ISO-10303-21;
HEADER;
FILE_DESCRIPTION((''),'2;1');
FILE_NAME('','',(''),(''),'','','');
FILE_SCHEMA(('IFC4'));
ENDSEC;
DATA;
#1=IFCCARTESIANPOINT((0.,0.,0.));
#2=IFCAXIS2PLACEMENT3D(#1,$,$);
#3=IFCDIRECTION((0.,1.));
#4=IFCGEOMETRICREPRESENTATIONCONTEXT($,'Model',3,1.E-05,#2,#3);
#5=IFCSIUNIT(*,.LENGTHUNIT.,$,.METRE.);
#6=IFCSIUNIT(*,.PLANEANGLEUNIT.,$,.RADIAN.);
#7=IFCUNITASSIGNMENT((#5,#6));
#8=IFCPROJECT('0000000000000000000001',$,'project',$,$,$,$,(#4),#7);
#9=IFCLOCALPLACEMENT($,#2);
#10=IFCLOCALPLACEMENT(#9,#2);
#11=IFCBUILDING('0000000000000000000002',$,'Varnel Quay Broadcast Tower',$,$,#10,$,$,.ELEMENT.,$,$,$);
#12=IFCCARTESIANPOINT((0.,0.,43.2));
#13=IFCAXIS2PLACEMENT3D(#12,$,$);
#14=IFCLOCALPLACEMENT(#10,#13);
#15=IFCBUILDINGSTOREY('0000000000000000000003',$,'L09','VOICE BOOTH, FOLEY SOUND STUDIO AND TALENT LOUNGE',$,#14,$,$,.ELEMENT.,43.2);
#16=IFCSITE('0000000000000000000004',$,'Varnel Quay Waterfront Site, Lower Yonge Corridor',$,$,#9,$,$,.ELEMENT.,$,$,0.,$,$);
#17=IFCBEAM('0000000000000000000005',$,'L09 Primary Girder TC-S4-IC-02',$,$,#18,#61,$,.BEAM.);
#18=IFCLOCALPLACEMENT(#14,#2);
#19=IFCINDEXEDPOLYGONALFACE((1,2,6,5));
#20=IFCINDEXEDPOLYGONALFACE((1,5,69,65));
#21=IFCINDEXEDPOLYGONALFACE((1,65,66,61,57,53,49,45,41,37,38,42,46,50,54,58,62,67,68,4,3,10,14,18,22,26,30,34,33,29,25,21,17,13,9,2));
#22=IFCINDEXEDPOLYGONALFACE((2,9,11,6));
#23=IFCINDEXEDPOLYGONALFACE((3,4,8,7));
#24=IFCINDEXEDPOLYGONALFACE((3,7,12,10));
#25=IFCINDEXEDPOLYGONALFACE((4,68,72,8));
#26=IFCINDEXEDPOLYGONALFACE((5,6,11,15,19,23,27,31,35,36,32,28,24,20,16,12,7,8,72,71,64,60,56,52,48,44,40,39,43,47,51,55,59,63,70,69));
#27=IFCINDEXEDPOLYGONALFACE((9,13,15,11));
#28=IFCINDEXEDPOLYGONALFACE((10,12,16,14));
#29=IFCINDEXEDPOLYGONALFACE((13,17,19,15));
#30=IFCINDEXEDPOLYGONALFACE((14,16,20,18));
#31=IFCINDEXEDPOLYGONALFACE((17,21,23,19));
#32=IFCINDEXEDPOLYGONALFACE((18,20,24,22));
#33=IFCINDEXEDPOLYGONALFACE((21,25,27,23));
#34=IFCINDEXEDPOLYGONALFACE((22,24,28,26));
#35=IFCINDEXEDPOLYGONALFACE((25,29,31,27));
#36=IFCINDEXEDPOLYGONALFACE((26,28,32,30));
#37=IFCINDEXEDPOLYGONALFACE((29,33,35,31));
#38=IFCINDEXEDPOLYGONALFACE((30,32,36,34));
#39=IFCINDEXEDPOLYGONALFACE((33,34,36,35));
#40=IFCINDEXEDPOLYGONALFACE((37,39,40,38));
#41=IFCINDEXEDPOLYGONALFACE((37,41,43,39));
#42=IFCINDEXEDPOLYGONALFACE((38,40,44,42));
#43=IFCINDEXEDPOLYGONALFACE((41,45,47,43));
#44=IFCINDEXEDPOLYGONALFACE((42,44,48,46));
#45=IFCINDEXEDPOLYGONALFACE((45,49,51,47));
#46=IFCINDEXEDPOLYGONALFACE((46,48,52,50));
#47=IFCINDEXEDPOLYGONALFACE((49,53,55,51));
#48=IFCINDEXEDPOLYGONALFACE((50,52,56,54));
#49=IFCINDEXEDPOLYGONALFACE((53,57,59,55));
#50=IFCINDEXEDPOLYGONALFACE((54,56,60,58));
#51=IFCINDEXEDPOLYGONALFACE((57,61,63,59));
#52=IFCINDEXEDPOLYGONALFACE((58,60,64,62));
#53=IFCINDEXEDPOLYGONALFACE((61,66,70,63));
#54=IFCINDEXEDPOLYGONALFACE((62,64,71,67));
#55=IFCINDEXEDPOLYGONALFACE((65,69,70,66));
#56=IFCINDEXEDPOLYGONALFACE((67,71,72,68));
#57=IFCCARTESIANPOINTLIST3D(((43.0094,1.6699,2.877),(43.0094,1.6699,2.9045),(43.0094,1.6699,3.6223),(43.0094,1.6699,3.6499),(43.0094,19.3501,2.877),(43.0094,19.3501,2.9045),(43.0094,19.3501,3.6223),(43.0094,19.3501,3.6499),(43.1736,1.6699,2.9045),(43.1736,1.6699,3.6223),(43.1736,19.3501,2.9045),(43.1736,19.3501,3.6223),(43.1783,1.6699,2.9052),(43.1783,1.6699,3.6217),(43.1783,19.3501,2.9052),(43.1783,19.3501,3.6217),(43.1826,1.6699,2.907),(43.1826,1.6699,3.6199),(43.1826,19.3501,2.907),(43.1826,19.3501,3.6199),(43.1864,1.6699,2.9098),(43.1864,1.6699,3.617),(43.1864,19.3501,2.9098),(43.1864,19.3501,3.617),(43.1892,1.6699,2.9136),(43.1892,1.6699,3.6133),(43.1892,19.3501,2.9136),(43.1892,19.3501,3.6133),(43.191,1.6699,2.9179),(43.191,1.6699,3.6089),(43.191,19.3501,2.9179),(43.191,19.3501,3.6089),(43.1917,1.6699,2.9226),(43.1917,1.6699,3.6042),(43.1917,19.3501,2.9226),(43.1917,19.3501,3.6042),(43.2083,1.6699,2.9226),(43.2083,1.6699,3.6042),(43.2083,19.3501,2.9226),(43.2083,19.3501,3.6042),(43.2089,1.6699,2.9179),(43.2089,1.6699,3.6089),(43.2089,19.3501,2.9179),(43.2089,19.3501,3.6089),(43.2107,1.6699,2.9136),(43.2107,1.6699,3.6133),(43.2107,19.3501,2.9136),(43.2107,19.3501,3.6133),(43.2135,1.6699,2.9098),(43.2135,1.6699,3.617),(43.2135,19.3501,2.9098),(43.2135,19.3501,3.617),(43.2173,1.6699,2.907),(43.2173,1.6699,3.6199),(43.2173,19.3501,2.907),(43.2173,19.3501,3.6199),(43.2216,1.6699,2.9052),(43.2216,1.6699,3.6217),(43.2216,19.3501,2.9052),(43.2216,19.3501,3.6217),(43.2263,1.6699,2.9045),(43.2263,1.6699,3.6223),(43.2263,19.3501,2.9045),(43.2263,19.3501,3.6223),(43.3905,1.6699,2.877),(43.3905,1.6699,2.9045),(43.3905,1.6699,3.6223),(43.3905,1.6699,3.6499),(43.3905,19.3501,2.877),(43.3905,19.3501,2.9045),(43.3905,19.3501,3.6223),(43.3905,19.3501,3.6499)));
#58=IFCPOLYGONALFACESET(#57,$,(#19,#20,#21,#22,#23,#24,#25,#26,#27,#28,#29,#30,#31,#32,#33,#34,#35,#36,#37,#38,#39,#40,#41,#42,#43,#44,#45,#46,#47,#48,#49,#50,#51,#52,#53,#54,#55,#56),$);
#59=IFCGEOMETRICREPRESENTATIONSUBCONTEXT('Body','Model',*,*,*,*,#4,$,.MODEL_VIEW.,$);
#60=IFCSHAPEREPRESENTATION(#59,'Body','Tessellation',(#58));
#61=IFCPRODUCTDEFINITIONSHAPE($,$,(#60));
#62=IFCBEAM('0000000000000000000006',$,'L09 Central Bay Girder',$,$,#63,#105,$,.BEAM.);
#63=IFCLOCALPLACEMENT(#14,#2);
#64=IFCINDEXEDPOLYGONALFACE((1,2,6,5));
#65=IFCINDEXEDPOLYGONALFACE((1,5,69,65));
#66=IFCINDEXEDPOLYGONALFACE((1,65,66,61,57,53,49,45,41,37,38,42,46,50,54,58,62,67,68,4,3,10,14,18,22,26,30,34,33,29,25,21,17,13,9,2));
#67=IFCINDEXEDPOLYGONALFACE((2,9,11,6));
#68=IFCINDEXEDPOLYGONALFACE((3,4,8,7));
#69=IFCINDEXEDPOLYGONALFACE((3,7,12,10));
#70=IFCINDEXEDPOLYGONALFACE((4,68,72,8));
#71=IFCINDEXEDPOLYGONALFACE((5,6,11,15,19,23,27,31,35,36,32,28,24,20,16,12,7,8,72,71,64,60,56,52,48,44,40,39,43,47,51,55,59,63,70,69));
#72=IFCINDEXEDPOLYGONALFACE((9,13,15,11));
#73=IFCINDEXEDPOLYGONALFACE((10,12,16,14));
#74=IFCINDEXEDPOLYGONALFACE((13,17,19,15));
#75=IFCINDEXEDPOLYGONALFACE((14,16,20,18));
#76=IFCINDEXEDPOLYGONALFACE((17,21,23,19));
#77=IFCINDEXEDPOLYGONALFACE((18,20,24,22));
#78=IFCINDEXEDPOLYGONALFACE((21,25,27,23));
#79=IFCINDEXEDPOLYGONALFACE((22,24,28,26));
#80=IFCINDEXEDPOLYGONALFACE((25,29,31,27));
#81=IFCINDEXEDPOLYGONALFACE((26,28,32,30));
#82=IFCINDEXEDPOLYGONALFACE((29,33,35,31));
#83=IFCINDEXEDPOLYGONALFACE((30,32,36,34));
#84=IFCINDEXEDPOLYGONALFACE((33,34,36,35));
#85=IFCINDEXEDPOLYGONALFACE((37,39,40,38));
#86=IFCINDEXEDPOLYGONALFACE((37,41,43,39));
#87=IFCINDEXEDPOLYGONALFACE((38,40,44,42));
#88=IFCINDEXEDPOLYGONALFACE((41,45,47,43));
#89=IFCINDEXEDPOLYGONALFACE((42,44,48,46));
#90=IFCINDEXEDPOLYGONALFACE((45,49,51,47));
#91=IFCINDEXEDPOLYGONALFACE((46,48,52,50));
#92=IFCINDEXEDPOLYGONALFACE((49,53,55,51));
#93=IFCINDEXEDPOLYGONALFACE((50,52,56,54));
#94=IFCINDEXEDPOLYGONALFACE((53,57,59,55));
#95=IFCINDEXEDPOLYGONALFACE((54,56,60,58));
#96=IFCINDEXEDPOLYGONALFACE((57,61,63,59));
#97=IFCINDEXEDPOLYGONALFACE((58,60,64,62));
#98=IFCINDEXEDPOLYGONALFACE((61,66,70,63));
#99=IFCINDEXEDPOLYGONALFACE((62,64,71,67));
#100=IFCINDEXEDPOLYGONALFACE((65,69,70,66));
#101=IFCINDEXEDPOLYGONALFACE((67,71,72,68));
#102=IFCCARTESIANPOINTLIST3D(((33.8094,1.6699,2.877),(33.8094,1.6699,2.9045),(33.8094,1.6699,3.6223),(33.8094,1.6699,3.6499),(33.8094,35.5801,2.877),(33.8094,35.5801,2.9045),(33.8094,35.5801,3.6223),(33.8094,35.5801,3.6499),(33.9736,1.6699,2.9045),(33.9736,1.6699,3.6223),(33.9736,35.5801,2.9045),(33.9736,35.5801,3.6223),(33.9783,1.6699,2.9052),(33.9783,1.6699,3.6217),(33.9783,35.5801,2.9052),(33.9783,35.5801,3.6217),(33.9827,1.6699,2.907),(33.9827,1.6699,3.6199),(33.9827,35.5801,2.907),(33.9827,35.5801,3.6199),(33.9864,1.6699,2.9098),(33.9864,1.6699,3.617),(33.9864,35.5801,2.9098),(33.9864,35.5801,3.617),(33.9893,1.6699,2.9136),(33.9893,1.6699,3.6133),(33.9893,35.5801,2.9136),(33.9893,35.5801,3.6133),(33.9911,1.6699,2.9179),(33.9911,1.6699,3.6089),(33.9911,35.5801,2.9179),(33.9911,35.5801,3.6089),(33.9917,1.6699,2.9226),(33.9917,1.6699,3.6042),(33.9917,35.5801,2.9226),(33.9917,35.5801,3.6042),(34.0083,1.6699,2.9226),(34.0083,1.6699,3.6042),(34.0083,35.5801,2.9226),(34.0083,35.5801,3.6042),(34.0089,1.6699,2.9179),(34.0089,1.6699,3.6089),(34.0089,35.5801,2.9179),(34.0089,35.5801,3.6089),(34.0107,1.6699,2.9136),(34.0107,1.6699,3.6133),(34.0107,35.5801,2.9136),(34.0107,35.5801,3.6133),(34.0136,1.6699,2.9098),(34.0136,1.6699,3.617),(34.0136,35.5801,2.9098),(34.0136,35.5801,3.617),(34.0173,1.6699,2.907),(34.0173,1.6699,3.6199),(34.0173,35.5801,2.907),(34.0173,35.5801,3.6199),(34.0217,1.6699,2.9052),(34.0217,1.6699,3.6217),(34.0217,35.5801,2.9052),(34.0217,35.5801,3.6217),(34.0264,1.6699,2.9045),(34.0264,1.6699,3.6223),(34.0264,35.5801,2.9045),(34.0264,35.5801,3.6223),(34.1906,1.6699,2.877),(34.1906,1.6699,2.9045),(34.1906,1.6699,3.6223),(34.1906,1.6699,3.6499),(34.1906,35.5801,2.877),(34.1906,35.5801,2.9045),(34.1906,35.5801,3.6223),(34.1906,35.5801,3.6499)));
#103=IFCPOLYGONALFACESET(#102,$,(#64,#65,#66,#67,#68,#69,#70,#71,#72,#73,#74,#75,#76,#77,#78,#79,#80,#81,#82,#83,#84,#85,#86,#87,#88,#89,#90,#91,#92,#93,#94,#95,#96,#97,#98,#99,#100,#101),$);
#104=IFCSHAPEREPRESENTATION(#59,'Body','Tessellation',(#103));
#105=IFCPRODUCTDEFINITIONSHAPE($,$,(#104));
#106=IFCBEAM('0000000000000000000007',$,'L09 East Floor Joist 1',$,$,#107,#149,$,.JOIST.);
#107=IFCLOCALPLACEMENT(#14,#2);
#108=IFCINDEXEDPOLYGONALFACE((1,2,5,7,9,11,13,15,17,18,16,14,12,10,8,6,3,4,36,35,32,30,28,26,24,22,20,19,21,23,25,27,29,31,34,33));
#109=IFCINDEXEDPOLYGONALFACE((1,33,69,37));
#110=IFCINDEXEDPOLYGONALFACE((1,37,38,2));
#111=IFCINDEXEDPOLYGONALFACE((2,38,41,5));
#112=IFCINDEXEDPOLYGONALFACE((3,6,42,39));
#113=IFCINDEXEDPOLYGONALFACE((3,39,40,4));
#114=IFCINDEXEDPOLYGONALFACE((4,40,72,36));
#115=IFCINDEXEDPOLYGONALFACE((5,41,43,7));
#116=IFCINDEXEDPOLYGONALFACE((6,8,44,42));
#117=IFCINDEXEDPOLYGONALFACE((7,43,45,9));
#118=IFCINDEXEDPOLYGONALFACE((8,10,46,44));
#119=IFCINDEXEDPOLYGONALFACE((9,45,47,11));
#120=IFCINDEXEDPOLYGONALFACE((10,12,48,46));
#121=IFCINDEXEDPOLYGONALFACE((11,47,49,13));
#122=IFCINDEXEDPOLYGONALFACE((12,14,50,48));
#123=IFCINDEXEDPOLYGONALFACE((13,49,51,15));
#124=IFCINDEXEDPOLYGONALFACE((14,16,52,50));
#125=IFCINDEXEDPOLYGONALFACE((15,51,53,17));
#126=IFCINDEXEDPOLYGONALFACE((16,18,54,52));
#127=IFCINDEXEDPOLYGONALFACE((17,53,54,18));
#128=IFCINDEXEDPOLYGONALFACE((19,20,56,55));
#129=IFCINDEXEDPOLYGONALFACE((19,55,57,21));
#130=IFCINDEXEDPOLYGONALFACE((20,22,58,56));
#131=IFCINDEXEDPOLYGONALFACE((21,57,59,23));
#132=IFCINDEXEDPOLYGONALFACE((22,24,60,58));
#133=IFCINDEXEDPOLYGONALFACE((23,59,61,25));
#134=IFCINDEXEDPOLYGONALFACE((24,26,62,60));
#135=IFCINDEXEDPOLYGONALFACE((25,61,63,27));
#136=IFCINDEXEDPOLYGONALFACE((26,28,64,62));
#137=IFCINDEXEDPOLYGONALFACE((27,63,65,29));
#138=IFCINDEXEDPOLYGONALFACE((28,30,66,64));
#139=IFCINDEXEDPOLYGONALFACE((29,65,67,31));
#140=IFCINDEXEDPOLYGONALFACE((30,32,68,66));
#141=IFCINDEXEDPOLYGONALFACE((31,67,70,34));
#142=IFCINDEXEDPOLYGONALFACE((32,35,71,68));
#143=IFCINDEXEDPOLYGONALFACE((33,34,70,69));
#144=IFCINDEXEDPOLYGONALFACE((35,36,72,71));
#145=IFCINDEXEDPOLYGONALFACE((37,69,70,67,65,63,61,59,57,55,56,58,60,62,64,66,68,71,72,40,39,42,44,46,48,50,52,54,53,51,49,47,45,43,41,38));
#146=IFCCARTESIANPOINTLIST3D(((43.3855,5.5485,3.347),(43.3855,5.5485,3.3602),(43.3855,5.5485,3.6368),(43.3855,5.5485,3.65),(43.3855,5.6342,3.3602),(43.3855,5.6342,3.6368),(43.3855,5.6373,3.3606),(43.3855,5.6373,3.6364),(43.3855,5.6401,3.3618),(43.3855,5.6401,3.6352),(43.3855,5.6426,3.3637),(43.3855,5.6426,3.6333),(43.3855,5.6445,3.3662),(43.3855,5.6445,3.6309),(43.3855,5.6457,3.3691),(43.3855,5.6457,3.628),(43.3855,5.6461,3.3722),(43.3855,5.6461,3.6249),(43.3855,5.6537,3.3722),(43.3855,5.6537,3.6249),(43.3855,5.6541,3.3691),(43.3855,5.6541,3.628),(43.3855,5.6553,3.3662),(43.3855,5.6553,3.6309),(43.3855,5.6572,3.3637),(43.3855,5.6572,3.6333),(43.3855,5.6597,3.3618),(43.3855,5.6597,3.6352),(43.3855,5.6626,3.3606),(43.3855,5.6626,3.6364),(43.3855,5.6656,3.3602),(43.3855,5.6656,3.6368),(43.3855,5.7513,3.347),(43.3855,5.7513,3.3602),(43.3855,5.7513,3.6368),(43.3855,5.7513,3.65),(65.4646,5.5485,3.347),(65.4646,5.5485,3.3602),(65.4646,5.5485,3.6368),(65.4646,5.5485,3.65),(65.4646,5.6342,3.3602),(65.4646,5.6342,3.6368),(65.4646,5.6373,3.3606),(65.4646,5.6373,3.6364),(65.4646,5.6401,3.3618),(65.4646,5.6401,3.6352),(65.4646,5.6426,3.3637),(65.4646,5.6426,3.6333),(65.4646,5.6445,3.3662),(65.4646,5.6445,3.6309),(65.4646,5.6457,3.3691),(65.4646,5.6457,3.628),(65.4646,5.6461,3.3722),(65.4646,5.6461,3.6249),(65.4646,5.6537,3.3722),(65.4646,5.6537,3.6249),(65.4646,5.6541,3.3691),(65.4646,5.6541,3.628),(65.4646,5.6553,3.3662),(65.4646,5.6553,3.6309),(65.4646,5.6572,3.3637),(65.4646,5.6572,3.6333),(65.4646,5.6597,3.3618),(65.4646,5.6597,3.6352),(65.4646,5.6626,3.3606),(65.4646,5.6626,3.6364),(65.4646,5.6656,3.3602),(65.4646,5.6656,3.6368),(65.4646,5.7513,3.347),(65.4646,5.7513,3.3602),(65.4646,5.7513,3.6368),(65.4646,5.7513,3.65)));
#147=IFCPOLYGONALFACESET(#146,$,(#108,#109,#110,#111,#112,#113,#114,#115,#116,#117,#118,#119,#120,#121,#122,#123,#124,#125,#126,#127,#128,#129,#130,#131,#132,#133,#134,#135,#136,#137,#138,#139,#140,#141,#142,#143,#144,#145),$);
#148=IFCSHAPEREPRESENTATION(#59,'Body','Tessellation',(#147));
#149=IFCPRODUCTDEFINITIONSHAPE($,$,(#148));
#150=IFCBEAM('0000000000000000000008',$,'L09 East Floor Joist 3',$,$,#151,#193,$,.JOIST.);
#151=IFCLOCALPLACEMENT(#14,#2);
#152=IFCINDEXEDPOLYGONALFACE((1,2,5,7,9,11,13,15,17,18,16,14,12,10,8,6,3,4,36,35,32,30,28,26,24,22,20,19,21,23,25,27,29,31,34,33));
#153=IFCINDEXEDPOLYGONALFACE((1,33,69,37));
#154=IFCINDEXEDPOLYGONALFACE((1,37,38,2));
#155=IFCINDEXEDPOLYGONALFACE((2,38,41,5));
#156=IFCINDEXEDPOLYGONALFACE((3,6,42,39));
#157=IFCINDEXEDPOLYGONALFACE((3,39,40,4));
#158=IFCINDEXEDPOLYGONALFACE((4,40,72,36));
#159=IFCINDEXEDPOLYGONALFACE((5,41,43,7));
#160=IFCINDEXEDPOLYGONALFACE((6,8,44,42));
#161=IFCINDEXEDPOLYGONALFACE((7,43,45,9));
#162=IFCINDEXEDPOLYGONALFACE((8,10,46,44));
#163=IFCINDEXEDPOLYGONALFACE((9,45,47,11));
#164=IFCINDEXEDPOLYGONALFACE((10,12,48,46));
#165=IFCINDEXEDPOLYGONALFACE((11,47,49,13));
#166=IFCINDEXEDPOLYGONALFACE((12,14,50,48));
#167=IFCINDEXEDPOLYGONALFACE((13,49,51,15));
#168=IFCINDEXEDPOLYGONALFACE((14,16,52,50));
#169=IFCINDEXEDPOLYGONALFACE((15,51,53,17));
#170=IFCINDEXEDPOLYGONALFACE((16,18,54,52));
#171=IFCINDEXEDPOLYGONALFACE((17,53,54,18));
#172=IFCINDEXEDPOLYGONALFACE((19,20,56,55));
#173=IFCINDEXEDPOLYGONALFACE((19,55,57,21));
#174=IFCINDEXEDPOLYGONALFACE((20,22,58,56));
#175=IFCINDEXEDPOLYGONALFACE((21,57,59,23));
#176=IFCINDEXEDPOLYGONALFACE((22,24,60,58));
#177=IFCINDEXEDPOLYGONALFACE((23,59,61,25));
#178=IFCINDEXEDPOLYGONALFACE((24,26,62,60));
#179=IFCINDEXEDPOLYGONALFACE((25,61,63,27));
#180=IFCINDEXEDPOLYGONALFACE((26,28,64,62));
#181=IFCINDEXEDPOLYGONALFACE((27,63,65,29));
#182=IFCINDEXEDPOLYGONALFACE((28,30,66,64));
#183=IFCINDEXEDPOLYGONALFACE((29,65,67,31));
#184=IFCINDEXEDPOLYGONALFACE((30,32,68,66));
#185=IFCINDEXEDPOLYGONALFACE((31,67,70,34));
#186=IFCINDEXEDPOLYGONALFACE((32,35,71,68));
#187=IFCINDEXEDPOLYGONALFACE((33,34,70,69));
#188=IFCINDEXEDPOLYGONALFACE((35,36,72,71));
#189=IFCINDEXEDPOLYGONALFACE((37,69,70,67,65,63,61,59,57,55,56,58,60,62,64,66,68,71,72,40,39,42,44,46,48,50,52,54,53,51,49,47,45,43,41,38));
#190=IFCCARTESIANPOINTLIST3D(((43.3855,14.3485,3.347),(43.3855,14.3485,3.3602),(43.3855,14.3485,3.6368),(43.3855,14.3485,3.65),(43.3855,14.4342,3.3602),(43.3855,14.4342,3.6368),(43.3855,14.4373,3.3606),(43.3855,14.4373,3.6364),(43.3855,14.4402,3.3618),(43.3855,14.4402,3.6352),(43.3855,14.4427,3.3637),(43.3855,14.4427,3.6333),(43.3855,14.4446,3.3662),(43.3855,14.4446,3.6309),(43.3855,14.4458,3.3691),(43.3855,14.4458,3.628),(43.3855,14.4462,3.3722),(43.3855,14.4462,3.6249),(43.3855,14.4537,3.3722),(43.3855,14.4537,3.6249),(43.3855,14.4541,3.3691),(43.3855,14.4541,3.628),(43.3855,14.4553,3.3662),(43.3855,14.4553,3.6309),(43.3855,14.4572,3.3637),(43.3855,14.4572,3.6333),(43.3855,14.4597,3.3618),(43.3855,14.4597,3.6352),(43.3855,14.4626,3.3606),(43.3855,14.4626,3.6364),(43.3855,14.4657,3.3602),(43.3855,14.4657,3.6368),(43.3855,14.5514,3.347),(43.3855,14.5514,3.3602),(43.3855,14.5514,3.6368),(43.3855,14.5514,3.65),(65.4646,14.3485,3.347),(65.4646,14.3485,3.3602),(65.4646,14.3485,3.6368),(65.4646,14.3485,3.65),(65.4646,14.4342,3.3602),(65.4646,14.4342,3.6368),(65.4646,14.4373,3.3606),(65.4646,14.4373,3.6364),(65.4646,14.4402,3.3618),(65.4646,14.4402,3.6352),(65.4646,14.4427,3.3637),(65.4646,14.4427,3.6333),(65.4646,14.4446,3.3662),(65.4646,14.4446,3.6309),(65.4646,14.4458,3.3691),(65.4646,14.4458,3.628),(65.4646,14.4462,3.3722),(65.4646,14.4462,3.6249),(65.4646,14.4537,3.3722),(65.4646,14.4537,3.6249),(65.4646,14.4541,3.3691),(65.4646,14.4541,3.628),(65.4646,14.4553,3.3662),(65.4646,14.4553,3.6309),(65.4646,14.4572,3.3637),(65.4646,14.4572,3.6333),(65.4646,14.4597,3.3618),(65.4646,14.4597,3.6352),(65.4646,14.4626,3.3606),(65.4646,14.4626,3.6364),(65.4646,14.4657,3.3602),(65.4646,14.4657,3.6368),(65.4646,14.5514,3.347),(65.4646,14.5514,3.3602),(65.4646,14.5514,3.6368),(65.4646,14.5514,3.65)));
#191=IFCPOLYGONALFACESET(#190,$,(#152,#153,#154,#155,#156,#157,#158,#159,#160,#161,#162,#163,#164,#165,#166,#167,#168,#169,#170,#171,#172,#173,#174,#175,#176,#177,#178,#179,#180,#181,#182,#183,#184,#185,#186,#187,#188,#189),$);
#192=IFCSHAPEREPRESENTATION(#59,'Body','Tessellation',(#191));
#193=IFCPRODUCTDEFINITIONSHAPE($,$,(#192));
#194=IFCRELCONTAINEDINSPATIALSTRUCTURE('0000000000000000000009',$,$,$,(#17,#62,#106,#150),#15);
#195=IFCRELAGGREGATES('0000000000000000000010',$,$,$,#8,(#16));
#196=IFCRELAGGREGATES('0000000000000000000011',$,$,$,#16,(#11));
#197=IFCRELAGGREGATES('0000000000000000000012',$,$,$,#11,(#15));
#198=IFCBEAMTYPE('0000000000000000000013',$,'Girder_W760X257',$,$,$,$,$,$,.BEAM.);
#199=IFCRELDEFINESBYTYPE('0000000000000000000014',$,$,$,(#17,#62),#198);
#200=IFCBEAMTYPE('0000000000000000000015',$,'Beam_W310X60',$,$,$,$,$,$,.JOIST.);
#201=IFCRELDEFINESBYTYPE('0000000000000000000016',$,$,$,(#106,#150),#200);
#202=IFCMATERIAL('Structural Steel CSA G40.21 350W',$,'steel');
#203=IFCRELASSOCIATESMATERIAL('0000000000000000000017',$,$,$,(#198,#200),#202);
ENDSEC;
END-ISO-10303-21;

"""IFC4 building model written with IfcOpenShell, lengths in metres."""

from ifc_helpers import new_model, si_unit, direction, frame, origin, origin_2d, place, context, subcontext, project, spatial, i_section, extrude, source, transform, mapped, material, material_profile, profile_set, type_object, type_shapes, element, save


model = new_model("IFC4")

# Units and contexts
model_context = context("Model", 3, precision=1e-05, world=origin(), true_north=direction((0.0, 1.0)))
body_context = subcontext(model_context, "Body", "Model", "MODEL_VIEW")
ifc_project = project(units=[si_unit("LENGTHUNIT", "METRE"), si_unit("PLANEANGLEUNIT", "RADIAN")], contexts=[model_context])

# Site, building, storey
site_placement = place(None, origin())
site = spatial("IfcSite", under=ifc_project, at=site_placement, Name="Varnel Quay Waterfront Site, Lower Yonge Corridor", CompositionType="ELEMENT", RefElevation=0.0)
building_placement = place(site_placement, origin())
building = spatial("IfcBuilding", under=site, at=building_placement, Name="Varnel Quay Broadcast Tower", CompositionType="ELEMENT")
storey_placement = place(building_placement, frame((0.0, 0.0, 43.2)))
storey = spatial("IfcBuildingStorey", under=building, at=storey_placement, Name="L09", Description="VOICE BOOTH, FOLEY SOUND STUDIO AND TALENT LOUNGE", CompositionType="ELEMENT", Elevation=43.2)

# Shared definitions
ifc_material_1 = material(Name="Structural Steel CSA G40.21 350W", Category="steel")

# Beams
ifc_material_profile_1 = material_profile(ifc_material_1, i_section(OverallWidth=0.3811, OverallDepth=0.7729, WebThickness=0.0166, FlangeThickness=0.0276, FilletRadius=0.0181, at=origin_2d()), Name="W760X257")
ifc_profile_set_1 = profile_set([ifc_material_profile_1], Name="Structural Steel CSA G40.21 350W")
beam_type_1 = type_object("IfcBeamType", Name="Girder_W760X257", PredefinedType="BEAM", material=ifc_profile_set_1)
shared_shape_1 = source(origin(), body_context, "Body", "SweptSolid", [
    extrude(i_section(OverallWidth=0.3811, OverallDepth=0.7729, WebThickness=0.0166, FlangeThickness=0.0276, FilletRadius=0.0181, at=origin_2d()), origin(), (0.0, 0.0, 1.0), 17.6802),
])
beam_1_placement = place(storey_placement, frame((43.2, 1.6699, 3.2634), z_axis=(0.0, 1.0, 0.0), x_axis=(-1.0, 0.0, 0.0)))
element("IfcBeam", 1, at=beam_1_placement, inside=storey, type_object=beam_type_1, Name="L09 Primary Girder TC-S4-IC-02", PredefinedType="BEAM", context=body_context, shape_type="MappedRepresentation", body=[
    mapped(shared_shape_1, transform((0.0, 0.0, 0.0), x_axis=(1.0, 0.0, 0.0), y_axis=(0.0, 1.0, 0.0), z_axis=(0.0, 0.0, 1.0), scale=1.0)),
])
shared_shape_2 = source(origin(), body_context, "Body", "SweptSolid", [
    extrude(i_section(OverallWidth=0.3811, OverallDepth=0.7729, WebThickness=0.0166, FlangeThickness=0.0276, FilletRadius=0.0181, at=origin_2d()), origin(), (0.0, 0.0, 1.0), 33.9102),
])
type_shapes(beam_type_1, [shared_shape_1, shared_shape_2])
beam_2_placement = place(storey_placement, frame((34.0, 1.6699, 3.2634), z_axis=(0.0, 1.0, 0.0), x_axis=(-1.0, 0.0, 0.0)))
element("IfcBeam", 2, at=beam_2_placement, inside=storey, type_object=beam_type_1, Name="L09 Central Bay Girder", PredefinedType="BEAM", context=body_context, shape_type="MappedRepresentation", body=[
    mapped(shared_shape_2, transform((0.0, 0.0, 0.0), x_axis=(1.0, 0.0, 0.0), y_axis=(0.0, 1.0, 0.0), z_axis=(0.0, 0.0, 1.0), scale=1.0)),
])
ifc_material_profile_2 = material_profile(ifc_material_1, i_section(OverallWidth=0.2029, OverallDepth=0.303, WebThickness=0.0076, FlangeThickness=0.0132, FilletRadius=0.012, at=origin_2d()), Name="W310X60")
ifc_profile_set_2 = profile_set([ifc_material_profile_2], Name="Structural Steel CSA G40.21 350W")
beam_type_2 = type_object("IfcBeamType", Name="Beam_W310X60", PredefinedType="JOIST", material=ifc_profile_set_2)
shared_shape_3 = source(origin(), body_context, "Body", "SweptSolid", [
    extrude(i_section(OverallWidth=0.2029, OverallDepth=0.303, WebThickness=0.0076, FlangeThickness=0.0132, FilletRadius=0.012, at=origin_2d()), origin(), (0.0, 0.0, 1.0), 22.0791),
])
type_shapes(beam_type_2, [shared_shape_3])
for number, where, z_axis, x_axis, name in (
    (3, (43.3855, 5.6499, 3.4985), (1.0, 0.0, 0.0), (0.0, 1.0, 0.0), "L09 East Floor Joist 1"),
    (4, (43.3855, 14.45, 3.4985), (1.0, 0.0, 0.0), (0.0, 1.0, 0.0), "L09 East Floor Joist 3"),
):
    element("IfcBeam", number, at=place(storey_placement, frame(where, z_axis=z_axis, x_axis=x_axis)), inside=storey, type_object=beam_type_2, Name=name, PredefinedType="JOIST", context=body_context, shape_type="MappedRepresentation", body=[
        mapped(shared_shape_3, transform((0.0, 0.0, 0.0), x_axis=(1.0, 0.0, 0.0), y_axis=(0.0, 1.0, 0.0), z_axis=(0.0, 0.0, 1.0), scale=1.0)),
    ])

save(model, "model.ifc")
